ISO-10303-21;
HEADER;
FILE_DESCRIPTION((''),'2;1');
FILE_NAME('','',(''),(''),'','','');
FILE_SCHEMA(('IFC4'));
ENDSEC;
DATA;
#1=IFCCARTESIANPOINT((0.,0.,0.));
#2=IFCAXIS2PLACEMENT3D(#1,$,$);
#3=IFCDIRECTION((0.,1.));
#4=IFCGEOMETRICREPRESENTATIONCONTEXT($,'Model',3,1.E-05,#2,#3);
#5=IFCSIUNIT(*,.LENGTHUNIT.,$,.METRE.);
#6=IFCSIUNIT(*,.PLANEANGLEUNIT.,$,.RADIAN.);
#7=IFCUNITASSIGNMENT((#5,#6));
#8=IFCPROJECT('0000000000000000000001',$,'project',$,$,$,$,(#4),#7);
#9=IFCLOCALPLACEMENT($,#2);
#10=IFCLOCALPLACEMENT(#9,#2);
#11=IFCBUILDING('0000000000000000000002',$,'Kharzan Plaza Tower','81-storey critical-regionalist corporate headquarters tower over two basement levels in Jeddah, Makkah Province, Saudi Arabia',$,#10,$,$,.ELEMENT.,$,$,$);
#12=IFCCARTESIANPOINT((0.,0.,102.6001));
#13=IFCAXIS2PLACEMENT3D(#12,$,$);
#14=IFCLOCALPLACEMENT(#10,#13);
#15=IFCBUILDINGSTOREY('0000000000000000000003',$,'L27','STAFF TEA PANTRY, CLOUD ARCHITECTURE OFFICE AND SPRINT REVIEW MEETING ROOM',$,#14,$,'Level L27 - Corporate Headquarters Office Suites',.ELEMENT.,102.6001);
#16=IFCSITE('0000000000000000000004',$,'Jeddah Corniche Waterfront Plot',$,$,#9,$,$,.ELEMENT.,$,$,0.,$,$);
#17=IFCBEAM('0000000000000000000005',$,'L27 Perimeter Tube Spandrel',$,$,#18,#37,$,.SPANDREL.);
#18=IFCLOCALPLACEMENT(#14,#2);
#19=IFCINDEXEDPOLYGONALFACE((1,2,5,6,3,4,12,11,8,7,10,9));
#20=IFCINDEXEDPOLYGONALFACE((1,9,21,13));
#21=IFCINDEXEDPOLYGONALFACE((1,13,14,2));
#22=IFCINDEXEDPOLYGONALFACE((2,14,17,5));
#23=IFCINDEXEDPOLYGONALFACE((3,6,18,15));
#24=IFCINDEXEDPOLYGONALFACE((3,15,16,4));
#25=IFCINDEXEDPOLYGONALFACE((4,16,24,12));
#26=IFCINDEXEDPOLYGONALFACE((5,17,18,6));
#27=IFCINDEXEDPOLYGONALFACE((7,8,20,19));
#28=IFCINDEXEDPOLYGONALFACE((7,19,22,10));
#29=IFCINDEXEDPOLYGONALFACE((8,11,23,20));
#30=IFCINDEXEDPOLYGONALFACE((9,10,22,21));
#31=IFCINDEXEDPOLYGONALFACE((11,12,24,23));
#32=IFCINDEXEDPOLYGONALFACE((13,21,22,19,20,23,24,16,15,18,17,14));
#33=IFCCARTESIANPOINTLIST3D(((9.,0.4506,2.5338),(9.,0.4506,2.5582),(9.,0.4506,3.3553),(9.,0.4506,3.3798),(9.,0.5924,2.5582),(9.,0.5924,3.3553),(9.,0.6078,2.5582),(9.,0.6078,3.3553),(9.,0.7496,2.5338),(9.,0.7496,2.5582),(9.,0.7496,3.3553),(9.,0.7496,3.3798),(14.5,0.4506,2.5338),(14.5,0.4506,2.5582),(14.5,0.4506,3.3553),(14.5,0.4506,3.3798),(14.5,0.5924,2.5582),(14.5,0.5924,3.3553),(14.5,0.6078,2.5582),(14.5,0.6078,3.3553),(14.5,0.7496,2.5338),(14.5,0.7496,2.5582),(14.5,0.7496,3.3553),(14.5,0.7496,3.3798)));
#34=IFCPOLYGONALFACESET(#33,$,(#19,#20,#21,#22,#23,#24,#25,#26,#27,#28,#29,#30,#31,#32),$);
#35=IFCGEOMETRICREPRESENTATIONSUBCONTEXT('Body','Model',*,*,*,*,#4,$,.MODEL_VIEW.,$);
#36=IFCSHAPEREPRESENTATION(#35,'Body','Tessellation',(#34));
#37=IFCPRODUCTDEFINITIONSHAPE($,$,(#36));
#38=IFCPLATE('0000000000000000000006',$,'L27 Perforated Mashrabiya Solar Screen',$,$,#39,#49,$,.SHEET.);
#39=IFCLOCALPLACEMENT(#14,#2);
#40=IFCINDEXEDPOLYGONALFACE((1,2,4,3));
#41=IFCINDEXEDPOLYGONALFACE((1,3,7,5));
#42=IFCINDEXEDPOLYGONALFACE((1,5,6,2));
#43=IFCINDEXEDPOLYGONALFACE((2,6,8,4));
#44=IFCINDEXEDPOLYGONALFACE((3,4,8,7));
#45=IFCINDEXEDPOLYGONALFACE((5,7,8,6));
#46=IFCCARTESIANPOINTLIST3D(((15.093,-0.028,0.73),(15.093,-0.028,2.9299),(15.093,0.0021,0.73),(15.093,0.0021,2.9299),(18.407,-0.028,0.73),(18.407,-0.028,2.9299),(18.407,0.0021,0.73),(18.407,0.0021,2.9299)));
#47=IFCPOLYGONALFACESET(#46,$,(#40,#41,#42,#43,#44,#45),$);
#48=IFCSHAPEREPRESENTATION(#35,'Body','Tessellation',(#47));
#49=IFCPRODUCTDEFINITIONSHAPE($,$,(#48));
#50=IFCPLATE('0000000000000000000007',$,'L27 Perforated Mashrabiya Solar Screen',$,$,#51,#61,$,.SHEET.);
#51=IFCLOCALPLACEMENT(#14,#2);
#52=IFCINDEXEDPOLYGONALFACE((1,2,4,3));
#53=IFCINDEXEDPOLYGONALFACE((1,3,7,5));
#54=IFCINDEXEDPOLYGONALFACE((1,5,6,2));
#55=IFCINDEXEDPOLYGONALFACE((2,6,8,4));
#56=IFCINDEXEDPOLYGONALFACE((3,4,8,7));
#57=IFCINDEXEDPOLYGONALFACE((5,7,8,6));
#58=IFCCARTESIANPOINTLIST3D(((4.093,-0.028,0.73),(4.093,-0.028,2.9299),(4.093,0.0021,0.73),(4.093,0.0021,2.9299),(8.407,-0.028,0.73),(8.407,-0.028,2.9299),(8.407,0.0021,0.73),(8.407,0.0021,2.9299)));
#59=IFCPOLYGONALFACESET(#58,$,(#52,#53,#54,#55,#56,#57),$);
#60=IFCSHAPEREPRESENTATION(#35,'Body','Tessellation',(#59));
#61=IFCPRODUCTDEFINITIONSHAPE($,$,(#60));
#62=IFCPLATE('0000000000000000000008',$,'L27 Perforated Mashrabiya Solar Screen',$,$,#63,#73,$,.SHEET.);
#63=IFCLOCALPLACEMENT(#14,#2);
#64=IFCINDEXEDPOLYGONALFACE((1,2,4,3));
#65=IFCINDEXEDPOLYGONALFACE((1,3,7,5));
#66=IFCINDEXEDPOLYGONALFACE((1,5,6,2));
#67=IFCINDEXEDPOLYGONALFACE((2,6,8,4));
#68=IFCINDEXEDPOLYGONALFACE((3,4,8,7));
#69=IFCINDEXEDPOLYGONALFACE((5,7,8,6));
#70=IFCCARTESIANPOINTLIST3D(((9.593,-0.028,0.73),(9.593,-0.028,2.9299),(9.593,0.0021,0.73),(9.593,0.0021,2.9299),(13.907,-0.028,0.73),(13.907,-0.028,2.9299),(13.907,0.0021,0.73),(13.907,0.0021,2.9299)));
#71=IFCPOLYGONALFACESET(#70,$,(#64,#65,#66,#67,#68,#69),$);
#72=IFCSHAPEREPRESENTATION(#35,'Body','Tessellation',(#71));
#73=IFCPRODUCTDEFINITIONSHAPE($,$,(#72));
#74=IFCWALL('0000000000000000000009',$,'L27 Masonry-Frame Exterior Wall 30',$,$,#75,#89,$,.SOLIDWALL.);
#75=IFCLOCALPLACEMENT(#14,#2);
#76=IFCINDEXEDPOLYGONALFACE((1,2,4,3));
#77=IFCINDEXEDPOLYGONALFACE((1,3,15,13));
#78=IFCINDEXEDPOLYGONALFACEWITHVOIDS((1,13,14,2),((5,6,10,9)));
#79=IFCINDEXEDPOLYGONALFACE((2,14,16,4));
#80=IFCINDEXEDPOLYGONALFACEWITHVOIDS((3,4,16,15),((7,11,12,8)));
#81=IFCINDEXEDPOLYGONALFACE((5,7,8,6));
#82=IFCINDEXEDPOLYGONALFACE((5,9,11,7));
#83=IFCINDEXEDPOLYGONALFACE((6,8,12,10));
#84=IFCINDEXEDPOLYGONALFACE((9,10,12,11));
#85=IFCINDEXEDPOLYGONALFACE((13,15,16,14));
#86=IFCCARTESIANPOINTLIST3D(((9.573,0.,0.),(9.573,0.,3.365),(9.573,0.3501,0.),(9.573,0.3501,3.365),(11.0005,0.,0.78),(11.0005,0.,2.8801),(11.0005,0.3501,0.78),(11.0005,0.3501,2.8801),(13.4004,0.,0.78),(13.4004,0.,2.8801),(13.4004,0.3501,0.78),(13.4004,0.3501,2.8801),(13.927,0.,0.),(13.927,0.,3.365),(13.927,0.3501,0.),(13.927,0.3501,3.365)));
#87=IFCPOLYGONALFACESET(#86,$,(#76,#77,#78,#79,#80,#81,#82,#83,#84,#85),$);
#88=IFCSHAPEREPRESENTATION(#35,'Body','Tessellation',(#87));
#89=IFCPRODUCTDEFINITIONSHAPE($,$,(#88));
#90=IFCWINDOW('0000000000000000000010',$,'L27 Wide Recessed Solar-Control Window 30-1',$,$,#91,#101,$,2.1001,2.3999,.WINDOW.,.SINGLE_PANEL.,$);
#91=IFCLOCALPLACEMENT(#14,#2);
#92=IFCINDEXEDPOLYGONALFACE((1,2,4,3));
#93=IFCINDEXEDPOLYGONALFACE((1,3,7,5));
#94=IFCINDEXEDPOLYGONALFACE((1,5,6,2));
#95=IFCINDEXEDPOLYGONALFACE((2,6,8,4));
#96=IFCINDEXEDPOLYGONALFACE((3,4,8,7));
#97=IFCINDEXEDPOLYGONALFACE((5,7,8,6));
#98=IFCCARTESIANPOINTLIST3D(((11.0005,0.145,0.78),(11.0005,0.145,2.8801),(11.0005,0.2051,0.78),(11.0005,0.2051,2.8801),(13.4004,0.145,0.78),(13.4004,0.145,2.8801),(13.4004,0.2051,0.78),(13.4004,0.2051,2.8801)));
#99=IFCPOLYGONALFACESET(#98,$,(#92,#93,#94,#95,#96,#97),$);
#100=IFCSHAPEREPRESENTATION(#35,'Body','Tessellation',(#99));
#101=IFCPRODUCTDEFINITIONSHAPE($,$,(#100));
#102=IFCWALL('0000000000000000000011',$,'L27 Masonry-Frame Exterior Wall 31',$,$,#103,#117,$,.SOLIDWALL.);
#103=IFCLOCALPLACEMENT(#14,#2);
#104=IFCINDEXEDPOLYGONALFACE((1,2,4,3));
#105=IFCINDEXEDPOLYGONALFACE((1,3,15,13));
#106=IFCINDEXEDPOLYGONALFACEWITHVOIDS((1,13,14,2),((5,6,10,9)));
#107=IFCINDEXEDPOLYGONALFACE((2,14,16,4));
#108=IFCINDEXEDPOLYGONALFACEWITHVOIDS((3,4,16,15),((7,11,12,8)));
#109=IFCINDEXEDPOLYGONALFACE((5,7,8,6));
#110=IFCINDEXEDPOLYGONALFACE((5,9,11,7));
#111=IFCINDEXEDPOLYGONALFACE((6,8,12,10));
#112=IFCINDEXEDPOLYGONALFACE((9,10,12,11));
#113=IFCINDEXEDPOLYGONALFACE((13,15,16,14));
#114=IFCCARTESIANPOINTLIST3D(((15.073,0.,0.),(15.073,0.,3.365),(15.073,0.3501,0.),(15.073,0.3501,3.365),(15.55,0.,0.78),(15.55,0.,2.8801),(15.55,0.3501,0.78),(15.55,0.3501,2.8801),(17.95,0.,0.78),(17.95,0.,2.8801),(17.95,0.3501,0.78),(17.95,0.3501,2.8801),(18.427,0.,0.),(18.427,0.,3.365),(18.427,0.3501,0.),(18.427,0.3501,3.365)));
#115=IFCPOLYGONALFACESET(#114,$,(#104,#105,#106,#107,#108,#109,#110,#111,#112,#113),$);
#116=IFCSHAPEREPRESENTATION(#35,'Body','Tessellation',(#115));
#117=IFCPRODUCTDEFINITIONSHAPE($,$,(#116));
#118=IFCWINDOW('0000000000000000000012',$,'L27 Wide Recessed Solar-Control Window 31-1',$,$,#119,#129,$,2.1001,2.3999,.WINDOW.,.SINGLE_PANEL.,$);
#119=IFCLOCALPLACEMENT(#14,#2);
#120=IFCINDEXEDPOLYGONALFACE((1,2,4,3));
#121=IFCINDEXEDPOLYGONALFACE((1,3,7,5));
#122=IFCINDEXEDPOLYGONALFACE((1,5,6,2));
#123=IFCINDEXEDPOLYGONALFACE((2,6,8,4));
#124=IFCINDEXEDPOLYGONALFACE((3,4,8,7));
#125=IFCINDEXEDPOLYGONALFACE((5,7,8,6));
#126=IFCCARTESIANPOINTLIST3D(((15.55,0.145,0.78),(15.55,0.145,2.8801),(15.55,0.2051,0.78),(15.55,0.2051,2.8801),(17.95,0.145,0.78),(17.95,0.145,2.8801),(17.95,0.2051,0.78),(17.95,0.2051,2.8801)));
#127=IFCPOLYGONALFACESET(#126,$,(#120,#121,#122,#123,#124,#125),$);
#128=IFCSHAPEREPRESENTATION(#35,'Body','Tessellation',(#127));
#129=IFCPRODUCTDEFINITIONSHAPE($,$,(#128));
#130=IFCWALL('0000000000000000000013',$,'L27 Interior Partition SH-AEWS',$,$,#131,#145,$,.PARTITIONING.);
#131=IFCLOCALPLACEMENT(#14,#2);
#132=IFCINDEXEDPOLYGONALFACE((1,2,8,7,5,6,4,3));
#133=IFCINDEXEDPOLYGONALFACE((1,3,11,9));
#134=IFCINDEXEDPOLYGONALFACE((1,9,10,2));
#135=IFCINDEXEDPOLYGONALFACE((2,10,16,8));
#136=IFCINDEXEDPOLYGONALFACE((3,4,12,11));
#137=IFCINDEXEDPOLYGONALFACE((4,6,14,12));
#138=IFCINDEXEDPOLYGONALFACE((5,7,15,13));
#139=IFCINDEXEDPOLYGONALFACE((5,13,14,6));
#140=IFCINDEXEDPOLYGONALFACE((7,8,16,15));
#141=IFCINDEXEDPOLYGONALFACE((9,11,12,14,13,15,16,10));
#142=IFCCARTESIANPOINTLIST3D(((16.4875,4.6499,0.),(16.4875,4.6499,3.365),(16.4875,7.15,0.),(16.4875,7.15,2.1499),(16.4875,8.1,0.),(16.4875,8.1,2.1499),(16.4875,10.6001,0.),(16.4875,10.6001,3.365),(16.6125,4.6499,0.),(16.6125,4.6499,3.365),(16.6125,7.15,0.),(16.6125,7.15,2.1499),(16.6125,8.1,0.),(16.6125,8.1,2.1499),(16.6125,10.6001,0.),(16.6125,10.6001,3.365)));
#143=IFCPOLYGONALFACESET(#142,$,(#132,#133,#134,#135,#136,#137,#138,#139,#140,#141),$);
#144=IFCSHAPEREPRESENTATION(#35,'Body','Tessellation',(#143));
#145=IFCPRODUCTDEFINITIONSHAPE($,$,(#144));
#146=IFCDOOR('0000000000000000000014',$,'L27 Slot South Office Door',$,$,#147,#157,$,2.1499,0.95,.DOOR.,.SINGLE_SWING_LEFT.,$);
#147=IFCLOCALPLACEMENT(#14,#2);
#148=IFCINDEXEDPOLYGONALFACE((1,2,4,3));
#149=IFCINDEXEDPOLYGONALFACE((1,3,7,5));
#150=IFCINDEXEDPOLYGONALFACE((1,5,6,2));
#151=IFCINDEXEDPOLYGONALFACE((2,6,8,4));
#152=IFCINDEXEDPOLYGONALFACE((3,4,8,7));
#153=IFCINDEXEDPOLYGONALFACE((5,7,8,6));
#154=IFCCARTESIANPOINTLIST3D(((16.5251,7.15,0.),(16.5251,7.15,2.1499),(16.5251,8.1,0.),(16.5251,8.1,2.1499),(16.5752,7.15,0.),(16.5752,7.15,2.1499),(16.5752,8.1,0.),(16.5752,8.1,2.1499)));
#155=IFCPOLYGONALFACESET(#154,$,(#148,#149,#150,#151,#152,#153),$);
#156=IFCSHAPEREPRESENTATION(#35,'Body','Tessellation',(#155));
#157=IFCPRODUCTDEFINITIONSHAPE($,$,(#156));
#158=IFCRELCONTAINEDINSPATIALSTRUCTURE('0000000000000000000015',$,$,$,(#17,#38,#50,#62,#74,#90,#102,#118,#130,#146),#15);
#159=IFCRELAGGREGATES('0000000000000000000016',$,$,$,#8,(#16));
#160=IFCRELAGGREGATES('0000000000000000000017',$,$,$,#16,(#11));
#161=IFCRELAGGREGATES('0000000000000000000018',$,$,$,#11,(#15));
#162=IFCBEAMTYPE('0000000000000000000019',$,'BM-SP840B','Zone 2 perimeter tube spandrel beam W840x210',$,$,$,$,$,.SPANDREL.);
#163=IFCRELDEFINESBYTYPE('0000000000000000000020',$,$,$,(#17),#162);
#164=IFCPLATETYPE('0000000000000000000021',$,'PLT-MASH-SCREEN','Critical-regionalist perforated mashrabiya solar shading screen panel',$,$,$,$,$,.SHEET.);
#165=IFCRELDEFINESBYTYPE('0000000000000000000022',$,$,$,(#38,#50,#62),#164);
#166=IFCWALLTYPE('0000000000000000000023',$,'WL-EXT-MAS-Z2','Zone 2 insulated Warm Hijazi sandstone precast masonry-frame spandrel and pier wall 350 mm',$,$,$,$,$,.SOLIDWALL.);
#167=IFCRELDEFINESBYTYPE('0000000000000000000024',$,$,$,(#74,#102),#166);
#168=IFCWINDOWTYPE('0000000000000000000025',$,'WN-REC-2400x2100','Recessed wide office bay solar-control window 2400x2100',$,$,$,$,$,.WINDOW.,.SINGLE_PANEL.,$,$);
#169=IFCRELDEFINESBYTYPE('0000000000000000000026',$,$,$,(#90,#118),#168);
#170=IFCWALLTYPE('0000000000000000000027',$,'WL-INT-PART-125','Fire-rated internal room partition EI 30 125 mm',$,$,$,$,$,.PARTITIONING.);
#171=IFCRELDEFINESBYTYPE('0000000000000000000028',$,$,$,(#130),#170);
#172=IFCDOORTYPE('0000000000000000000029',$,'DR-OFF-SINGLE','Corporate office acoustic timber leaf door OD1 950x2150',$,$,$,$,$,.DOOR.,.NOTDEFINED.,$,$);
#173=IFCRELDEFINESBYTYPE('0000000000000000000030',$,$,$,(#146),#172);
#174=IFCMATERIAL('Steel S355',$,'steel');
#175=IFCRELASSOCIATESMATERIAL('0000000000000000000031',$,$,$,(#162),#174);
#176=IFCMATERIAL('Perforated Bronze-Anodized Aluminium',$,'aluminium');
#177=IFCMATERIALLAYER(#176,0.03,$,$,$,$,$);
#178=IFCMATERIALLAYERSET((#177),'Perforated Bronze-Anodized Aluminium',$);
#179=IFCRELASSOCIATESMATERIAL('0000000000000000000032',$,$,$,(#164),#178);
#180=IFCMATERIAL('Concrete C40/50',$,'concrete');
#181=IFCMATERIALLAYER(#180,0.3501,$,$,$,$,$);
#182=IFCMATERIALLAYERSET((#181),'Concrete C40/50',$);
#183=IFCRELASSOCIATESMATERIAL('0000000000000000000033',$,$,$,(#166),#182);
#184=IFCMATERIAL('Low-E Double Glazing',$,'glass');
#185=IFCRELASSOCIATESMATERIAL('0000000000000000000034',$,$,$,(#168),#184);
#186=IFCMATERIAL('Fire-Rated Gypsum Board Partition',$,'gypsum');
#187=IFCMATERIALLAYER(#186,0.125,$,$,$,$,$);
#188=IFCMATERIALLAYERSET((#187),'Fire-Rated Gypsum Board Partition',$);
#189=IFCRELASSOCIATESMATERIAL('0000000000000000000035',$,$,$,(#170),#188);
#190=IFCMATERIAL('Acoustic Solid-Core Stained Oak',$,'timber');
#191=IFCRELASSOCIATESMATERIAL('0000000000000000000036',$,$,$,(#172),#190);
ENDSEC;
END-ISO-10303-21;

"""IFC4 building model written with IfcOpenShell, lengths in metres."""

from ifc_helpers import new_model, si_unit, direction, frame, frame_2d, origin, origin_2d, place, context, subcontext, project, spatial, rectangle, i_section, extrude, source, transform, mapped, material, layer, layer_set, material_profile, profile_set, type_object, element, fill, save


model = new_model("IFC4")

# Units and contexts
model_context = context("Model", 3, precision=1e-05, world=origin(), true_north=direction((0.0, 1.0)))
body_context = subcontext(model_context, "Body", "Model", "MODEL_VIEW")
ifc_project = project(units=[si_unit("LENGTHUNIT", "METRE"), si_unit("PLANEANGLEUNIT", "RADIAN")], contexts=[model_context])

# Site, building, storey
site_placement = place(None, origin())
site = spatial("IfcSite", under=ifc_project, at=site_placement, Name="Jeddah Corniche Waterfront Plot", CompositionType="ELEMENT", RefElevation=0.0)
building_placement = place(site_placement, origin())
building = spatial("IfcBuilding", under=site, at=building_placement, Name="Kharzan Plaza Tower", Description="81-storey critical-regionalist corporate headquarters tower over two basement levels in Jeddah, Makkah Province, Saudi Arabia", CompositionType="ELEMENT")
storey_placement = place(building_placement, frame((0.0, 0.0, 102.6001)))
storey = spatial("IfcBuildingStorey", under=building, at=storey_placement, Name="L27", Description="STAFF TEA PANTRY, CLOUD ARCHITECTURE OFFICE AND SPRINT REVIEW MEETING ROOM", LongName="Level L27 - Corporate Headquarters Office Suites", CompositionType="ELEMENT", Elevation=102.6001)

# Beam
ifc_material_1 = material(Name="Steel S355", Category="steel")
ifc_material_profile_1 = material_profile(ifc_material_1, i_section(OverallWidth=0.2991, OverallDepth=0.8459, WebThickness=0.0154, FlangeThickness=0.0244, at=origin_2d()), Name="W840x210")
ifc_profile_set_1 = profile_set([ifc_material_profile_1], Name="Steel S355")
beam_type_1 = type_object("IfcBeamType", Name="BM-SP840B", Description="Zone 2 perimeter tube spandrel beam W840x210", PredefinedType="SPANDREL", material=ifc_profile_set_1)
shared_shape_1 = source(origin(), body_context, "Body", "SweptSolid", [
    extrude(i_section(OverallWidth=0.2991, OverallDepth=0.8459, WebThickness=0.0154, FlangeThickness=0.0244, at=origin_2d()), origin(), (0.0, 0.0, 1.0), 5.5),
])
beam_1_placement = place(storey_placement, frame((9.0, 0.6001, 2.9568), z_axis=(1.0, 0.0, 0.0), x_axis=(0.0, 1.0, 0.0)))
element("IfcBeam", 1, at=beam_1_placement, inside=storey, type_object=beam_type_1, Name="L27 Perimeter Tube Spandrel", PredefinedType="SPANDREL", context=body_context, shape_type="MappedRepresentation", body=[
    mapped(shared_shape_1, transform((0.0, 0.0, 0.0), x_axis=(1.0, 0.0, 0.0), y_axis=(0.0, 1.0, 0.0), z_axis=(0.0, 0.0, 1.0))),
])

# Plates
ifc_material_2 = material(Name="Perforated Bronze-Anodized Aluminium", Category="aluminium")
ifc_layer_1 = layer(ifc_material_2, 0.03)
ifc_layer_set_1 = layer_set([ifc_layer_1], Name="Perforated Bronze-Anodized Aluminium")
plate_type = type_object("IfcPlateType", Name="PLT-MASH-SCREEN", Description="Critical-regionalist perforated mashrabiya solar shading screen panel", PredefinedType="SHEET", material=ifc_layer_set_1)
shared_shape_2 = source(origin(), body_context, "Body", "SweptSolid", [
    extrude(rectangle(XDim=3.314, YDim=0.03, at=origin_2d()), origin(), (0.0, 0.0, 1.0), 2.2),
])
plate_placement = place(storey_placement, frame((16.75, -0.0129, 0.73), z_axis=(0.0, 0.0, 1.0), x_axis=(1.0, 0.0, 0.0)))
element("IfcPlate", 2, at=plate_placement, inside=storey, type_object=plate_type, Name="L27 Perforated Mashrabiya Solar Screen", PredefinedType="SHEET", context=body_context, shape_type="MappedRepresentation", body=[
    mapped(shared_shape_2, transform((0.0, 0.0, 0.0), x_axis=(1.0, 0.0, 0.0), y_axis=(0.0, 1.0, 0.0), z_axis=(0.0, 0.0, 1.0))),
])
shared_shape_3 = source(origin(), body_context, "Body", "SweptSolid", [
    extrude(rectangle(XDim=4.314, YDim=0.03, at=origin_2d()), origin(), (0.0, 0.0, 1.0), 2.2),
])
for number, where, z_axis, x_axis, name in (
    (3, (6.25, -0.0129, 0.73), (0.0, 0.0, 1.0), (1.0, 0.0, 0.0), "L27 Perforated Mashrabiya Solar Screen"),
    (4, (11.75, -0.0129, 0.73), (0.0, 0.0, 1.0), (1.0, 0.0, 0.0), "L27 Perforated Mashrabiya Solar Screen"),
):
    element("IfcPlate", number, at=place(storey_placement, frame(where, z_axis=z_axis, x_axis=x_axis)), inside=storey, type_object=plate_type, Name=name, PredefinedType="SHEET", context=body_context, shape_type="MappedRepresentation", body=[
        mapped(shared_shape_3, transform((0.0, 0.0, 0.0), x_axis=(1.0, 0.0, 0.0), y_axis=(0.0, 1.0, 0.0), z_axis=(0.0, 0.0, 1.0))),
    ])

# Walls, openings, windows
ifc_material_3 = material(Name="Concrete C40/50", Category="concrete")
ifc_layer_2 = layer(ifc_material_3, 0.3501)
ifc_layer_set_2 = layer_set([ifc_layer_2], Name="Concrete C40/50")
wall_type_1 = type_object("IfcWallType", Name="WL-EXT-MAS-Z2", Description="Zone 2 insulated Warm Hijazi sandstone precast masonry-frame spandrel and pier wall 350 mm", PredefinedType="SOLIDWALL", material=ifc_layer_set_2)
wall_1_placement = place(storey_placement, frame((9.573, 0.175, 0.0), z_axis=(0.0, 0.0, 1.0), x_axis=(1.0, 0.0, 0.0)))
wall_1 = element("IfcWall", 5, at=wall_1_placement, inside=storey, type_object=wall_type_1, Name="L27 Masonry-Frame Exterior Wall 30", PredefinedType="SOLIDWALL", context=body_context, shape_type="SweptSolid", body=[
    extrude(rectangle(XDim=4.354, YDim=0.3501, at=frame_2d((2.177, 0.0))), origin(), (0.0, 0.0, 1.0), 3.365),
])
opening_1_placement = place(wall_1_placement, frame((1.4275, 0.0, 0.78)))
opening_1 = element("IfcOpeningElement", 6, at=opening_1_placement, cuts=wall_1, PredefinedType="OPENING", context=body_context, shape_type="SweptSolid", body=[
    extrude(rectangle(XDim=2.3999, YDim=2.1001, at=frame_2d((1.2, 1.05))), frame((0.0, 0.1851, 0.0), z_axis=(0.0, -1.0, 0.0), x_axis=(1.0, 0.0, 0.0)), (0.0, 0.0, 1.0), 0.3701),
])
ifc_material_4 = material(Name="Low-E Double Glazing", Category="glass")
window_type = type_object("IfcWindowType", Name="WN-REC-2400x2100", Description="Recessed wide office bay solar-control window 2400x2100", PartitioningType="SINGLE_PANEL", PredefinedType="WINDOW", material=ifc_material_4)
shared_shape_4 = source(origin(), body_context, "Body", "SweptSolid", [
    extrude(rectangle(XDim=2.3999, YDim=2.1001, at=frame_2d((1.2, 1.05))), frame((0.0, 0.03, 0.0), z_axis=(0.0, -1.0, 0.0), x_axis=(1.0, 0.0, 0.0)), (0.0, 0.0, 1.0), 0.0601),
])
window_1_placement = place(opening_1_placement, origin())
window_1 = element("IfcWindow", 7, at=window_1_placement, inside=storey, type_object=window_type, Name="L27 Wide Recessed Solar-Control Window 30-1", OverallHeight=2.1001, OverallWidth=2.3999, PartitioningType="SINGLE_PANEL", PredefinedType="WINDOW", context=body_context, shape_type="MappedRepresentation", body=[
    mapped(shared_shape_4, transform((0.0, 0.0, 0.0), x_axis=(1.0, 0.0, 0.0), y_axis=(0.0, 1.0, 0.0), z_axis=(0.0, 0.0, 1.0))),
])
fill(opening_1, window_1)
wall_2_placement = place(storey_placement, frame((15.073, 0.175, 0.0), z_axis=(0.0, 0.0, 1.0), x_axis=(1.0, 0.0, 0.0)))
wall_2 = element("IfcWall", 8, at=wall_2_placement, inside=storey, type_object=wall_type_1, Name="L27 Masonry-Frame Exterior Wall 31", PredefinedType="SOLIDWALL", context=body_context, shape_type="SweptSolid", body=[
    extrude(rectangle(XDim=3.354, YDim=0.3501, at=frame_2d((1.677, 0.0))), origin(), (0.0, 0.0, 1.0), 3.365),
])
opening_2_placement = place(wall_2_placement, frame((0.4771, 0.0, 0.78)))
opening_2 = element("IfcOpeningElement", 9, at=opening_2_placement, cuts=wall_2, PredefinedType="OPENING", context=body_context, shape_type="SweptSolid", body=[
    extrude(rectangle(XDim=2.3999, YDim=2.1001, at=frame_2d((1.2, 1.05))), frame((0.0, 0.1851, 0.0), z_axis=(0.0, -1.0, 0.0), x_axis=(1.0, 0.0, 0.0)), (0.0, 0.0, 1.0), 0.3701),
])
window_2_placement = place(opening_2_placement, origin())
window_2 = element("IfcWindow", 10, at=window_2_placement, inside=storey, type_object=window_type, Name="L27 Wide Recessed Solar-Control Window 31-1", OverallHeight=2.1001, OverallWidth=2.3999, PartitioningType="SINGLE_PANEL", PredefinedType="WINDOW", context=body_context, shape_type="MappedRepresentation", body=[
    mapped(shared_shape_4, transform((0.0, 0.0, 0.0), x_axis=(1.0, 0.0, 0.0), y_axis=(0.0, 1.0, 0.0), z_axis=(0.0, 0.0, 1.0))),
])
fill(opening_2, window_2)

# Wall, opening, door
ifc_material_5 = material(Name="Fire-Rated Gypsum Board Partition", Category="gypsum")
ifc_layer_3 = layer(ifc_material_5, 0.125)
ifc_layer_set_3 = layer_set([ifc_layer_3], Name="Fire-Rated Gypsum Board Partition")
wall_type_2 = type_object("IfcWallType", Name="WL-INT-PART-125", Description="Fire-rated internal room partition EI 30 125 mm", PredefinedType="PARTITIONING", material=ifc_layer_set_3)
wall_3_placement = place(storey_placement, frame((16.55, 4.6499, 0.0), z_axis=(0.0, 0.0, 1.0), x_axis=(0.0, 1.0, 0.0)))
wall_3 = element("IfcWall", 11, at=wall_3_placement, inside=storey, type_object=wall_type_2, Name="L27 Interior Partition SH-AEWS", PredefinedType="PARTITIONING", context=body_context, shape_type="SweptSolid", body=[
    extrude(rectangle(XDim=5.9502, YDim=0.125, at=frame_2d((2.9751, 0.0))), origin(), (0.0, 0.0, 1.0), 3.365),
])
opening_3_placement = place(wall_3_placement, frame((2.5, 0.0, 0.0)))
opening_3 = element("IfcOpeningElement", 12, at=opening_3_placement, cuts=wall_3, PredefinedType="OPENING", context=body_context, shape_type="SweptSolid", body=[
    extrude(rectangle(XDim=0.95, YDim=2.1499, at=frame_2d((0.4751, 1.075))), frame((0.0, 0.0725, 0.0), z_axis=(0.0, -1.0, 0.0), x_axis=(1.0, 0.0, 0.0)), (0.0, 0.0, 1.0), 0.145),
])
ifc_material_6 = material(Name="Acoustic Solid-Core Stained Oak", Category="timber")
door_type = type_object("IfcDoorType", Name="DR-OFF-SINGLE", Description="Corporate office acoustic timber leaf door OD1 950x2150", OperationType="NOTDEFINED", PredefinedType="DOOR", material=ifc_material_6)
shared_shape_5 = source(origin(), body_context, "Body", "SweptSolid", [
    extrude(rectangle(XDim=0.95, YDim=2.1499, at=frame_2d((0.4751, 1.075))), frame((0.0, 0.0249, 0.0), z_axis=(0.0, -1.0, 0.0), x_axis=(1.0, 0.0, 0.0)), (0.0, 0.0, 1.0), 0.05),
])
door_1_placement = place(opening_3_placement, origin())
door_1 = element("IfcDoor", 13, at=door_1_placement, inside=storey, type_object=door_type, Name="L27 Slot South Office Door", OperationType="SINGLE_SWING_LEFT", OverallHeight=2.1499, OverallWidth=0.95, PredefinedType="DOOR", context=body_context, shape_type="MappedRepresentation", body=[
    mapped(shared_shape_5, transform((0.0, 0.0, 0.0), x_axis=(1.0, 0.0, 0.0), y_axis=(0.0, 1.0, 0.0), z_axis=(0.0, 0.0, 1.0))),
])
fill(opening_3, door_1)

save(model, "model.ifc")
